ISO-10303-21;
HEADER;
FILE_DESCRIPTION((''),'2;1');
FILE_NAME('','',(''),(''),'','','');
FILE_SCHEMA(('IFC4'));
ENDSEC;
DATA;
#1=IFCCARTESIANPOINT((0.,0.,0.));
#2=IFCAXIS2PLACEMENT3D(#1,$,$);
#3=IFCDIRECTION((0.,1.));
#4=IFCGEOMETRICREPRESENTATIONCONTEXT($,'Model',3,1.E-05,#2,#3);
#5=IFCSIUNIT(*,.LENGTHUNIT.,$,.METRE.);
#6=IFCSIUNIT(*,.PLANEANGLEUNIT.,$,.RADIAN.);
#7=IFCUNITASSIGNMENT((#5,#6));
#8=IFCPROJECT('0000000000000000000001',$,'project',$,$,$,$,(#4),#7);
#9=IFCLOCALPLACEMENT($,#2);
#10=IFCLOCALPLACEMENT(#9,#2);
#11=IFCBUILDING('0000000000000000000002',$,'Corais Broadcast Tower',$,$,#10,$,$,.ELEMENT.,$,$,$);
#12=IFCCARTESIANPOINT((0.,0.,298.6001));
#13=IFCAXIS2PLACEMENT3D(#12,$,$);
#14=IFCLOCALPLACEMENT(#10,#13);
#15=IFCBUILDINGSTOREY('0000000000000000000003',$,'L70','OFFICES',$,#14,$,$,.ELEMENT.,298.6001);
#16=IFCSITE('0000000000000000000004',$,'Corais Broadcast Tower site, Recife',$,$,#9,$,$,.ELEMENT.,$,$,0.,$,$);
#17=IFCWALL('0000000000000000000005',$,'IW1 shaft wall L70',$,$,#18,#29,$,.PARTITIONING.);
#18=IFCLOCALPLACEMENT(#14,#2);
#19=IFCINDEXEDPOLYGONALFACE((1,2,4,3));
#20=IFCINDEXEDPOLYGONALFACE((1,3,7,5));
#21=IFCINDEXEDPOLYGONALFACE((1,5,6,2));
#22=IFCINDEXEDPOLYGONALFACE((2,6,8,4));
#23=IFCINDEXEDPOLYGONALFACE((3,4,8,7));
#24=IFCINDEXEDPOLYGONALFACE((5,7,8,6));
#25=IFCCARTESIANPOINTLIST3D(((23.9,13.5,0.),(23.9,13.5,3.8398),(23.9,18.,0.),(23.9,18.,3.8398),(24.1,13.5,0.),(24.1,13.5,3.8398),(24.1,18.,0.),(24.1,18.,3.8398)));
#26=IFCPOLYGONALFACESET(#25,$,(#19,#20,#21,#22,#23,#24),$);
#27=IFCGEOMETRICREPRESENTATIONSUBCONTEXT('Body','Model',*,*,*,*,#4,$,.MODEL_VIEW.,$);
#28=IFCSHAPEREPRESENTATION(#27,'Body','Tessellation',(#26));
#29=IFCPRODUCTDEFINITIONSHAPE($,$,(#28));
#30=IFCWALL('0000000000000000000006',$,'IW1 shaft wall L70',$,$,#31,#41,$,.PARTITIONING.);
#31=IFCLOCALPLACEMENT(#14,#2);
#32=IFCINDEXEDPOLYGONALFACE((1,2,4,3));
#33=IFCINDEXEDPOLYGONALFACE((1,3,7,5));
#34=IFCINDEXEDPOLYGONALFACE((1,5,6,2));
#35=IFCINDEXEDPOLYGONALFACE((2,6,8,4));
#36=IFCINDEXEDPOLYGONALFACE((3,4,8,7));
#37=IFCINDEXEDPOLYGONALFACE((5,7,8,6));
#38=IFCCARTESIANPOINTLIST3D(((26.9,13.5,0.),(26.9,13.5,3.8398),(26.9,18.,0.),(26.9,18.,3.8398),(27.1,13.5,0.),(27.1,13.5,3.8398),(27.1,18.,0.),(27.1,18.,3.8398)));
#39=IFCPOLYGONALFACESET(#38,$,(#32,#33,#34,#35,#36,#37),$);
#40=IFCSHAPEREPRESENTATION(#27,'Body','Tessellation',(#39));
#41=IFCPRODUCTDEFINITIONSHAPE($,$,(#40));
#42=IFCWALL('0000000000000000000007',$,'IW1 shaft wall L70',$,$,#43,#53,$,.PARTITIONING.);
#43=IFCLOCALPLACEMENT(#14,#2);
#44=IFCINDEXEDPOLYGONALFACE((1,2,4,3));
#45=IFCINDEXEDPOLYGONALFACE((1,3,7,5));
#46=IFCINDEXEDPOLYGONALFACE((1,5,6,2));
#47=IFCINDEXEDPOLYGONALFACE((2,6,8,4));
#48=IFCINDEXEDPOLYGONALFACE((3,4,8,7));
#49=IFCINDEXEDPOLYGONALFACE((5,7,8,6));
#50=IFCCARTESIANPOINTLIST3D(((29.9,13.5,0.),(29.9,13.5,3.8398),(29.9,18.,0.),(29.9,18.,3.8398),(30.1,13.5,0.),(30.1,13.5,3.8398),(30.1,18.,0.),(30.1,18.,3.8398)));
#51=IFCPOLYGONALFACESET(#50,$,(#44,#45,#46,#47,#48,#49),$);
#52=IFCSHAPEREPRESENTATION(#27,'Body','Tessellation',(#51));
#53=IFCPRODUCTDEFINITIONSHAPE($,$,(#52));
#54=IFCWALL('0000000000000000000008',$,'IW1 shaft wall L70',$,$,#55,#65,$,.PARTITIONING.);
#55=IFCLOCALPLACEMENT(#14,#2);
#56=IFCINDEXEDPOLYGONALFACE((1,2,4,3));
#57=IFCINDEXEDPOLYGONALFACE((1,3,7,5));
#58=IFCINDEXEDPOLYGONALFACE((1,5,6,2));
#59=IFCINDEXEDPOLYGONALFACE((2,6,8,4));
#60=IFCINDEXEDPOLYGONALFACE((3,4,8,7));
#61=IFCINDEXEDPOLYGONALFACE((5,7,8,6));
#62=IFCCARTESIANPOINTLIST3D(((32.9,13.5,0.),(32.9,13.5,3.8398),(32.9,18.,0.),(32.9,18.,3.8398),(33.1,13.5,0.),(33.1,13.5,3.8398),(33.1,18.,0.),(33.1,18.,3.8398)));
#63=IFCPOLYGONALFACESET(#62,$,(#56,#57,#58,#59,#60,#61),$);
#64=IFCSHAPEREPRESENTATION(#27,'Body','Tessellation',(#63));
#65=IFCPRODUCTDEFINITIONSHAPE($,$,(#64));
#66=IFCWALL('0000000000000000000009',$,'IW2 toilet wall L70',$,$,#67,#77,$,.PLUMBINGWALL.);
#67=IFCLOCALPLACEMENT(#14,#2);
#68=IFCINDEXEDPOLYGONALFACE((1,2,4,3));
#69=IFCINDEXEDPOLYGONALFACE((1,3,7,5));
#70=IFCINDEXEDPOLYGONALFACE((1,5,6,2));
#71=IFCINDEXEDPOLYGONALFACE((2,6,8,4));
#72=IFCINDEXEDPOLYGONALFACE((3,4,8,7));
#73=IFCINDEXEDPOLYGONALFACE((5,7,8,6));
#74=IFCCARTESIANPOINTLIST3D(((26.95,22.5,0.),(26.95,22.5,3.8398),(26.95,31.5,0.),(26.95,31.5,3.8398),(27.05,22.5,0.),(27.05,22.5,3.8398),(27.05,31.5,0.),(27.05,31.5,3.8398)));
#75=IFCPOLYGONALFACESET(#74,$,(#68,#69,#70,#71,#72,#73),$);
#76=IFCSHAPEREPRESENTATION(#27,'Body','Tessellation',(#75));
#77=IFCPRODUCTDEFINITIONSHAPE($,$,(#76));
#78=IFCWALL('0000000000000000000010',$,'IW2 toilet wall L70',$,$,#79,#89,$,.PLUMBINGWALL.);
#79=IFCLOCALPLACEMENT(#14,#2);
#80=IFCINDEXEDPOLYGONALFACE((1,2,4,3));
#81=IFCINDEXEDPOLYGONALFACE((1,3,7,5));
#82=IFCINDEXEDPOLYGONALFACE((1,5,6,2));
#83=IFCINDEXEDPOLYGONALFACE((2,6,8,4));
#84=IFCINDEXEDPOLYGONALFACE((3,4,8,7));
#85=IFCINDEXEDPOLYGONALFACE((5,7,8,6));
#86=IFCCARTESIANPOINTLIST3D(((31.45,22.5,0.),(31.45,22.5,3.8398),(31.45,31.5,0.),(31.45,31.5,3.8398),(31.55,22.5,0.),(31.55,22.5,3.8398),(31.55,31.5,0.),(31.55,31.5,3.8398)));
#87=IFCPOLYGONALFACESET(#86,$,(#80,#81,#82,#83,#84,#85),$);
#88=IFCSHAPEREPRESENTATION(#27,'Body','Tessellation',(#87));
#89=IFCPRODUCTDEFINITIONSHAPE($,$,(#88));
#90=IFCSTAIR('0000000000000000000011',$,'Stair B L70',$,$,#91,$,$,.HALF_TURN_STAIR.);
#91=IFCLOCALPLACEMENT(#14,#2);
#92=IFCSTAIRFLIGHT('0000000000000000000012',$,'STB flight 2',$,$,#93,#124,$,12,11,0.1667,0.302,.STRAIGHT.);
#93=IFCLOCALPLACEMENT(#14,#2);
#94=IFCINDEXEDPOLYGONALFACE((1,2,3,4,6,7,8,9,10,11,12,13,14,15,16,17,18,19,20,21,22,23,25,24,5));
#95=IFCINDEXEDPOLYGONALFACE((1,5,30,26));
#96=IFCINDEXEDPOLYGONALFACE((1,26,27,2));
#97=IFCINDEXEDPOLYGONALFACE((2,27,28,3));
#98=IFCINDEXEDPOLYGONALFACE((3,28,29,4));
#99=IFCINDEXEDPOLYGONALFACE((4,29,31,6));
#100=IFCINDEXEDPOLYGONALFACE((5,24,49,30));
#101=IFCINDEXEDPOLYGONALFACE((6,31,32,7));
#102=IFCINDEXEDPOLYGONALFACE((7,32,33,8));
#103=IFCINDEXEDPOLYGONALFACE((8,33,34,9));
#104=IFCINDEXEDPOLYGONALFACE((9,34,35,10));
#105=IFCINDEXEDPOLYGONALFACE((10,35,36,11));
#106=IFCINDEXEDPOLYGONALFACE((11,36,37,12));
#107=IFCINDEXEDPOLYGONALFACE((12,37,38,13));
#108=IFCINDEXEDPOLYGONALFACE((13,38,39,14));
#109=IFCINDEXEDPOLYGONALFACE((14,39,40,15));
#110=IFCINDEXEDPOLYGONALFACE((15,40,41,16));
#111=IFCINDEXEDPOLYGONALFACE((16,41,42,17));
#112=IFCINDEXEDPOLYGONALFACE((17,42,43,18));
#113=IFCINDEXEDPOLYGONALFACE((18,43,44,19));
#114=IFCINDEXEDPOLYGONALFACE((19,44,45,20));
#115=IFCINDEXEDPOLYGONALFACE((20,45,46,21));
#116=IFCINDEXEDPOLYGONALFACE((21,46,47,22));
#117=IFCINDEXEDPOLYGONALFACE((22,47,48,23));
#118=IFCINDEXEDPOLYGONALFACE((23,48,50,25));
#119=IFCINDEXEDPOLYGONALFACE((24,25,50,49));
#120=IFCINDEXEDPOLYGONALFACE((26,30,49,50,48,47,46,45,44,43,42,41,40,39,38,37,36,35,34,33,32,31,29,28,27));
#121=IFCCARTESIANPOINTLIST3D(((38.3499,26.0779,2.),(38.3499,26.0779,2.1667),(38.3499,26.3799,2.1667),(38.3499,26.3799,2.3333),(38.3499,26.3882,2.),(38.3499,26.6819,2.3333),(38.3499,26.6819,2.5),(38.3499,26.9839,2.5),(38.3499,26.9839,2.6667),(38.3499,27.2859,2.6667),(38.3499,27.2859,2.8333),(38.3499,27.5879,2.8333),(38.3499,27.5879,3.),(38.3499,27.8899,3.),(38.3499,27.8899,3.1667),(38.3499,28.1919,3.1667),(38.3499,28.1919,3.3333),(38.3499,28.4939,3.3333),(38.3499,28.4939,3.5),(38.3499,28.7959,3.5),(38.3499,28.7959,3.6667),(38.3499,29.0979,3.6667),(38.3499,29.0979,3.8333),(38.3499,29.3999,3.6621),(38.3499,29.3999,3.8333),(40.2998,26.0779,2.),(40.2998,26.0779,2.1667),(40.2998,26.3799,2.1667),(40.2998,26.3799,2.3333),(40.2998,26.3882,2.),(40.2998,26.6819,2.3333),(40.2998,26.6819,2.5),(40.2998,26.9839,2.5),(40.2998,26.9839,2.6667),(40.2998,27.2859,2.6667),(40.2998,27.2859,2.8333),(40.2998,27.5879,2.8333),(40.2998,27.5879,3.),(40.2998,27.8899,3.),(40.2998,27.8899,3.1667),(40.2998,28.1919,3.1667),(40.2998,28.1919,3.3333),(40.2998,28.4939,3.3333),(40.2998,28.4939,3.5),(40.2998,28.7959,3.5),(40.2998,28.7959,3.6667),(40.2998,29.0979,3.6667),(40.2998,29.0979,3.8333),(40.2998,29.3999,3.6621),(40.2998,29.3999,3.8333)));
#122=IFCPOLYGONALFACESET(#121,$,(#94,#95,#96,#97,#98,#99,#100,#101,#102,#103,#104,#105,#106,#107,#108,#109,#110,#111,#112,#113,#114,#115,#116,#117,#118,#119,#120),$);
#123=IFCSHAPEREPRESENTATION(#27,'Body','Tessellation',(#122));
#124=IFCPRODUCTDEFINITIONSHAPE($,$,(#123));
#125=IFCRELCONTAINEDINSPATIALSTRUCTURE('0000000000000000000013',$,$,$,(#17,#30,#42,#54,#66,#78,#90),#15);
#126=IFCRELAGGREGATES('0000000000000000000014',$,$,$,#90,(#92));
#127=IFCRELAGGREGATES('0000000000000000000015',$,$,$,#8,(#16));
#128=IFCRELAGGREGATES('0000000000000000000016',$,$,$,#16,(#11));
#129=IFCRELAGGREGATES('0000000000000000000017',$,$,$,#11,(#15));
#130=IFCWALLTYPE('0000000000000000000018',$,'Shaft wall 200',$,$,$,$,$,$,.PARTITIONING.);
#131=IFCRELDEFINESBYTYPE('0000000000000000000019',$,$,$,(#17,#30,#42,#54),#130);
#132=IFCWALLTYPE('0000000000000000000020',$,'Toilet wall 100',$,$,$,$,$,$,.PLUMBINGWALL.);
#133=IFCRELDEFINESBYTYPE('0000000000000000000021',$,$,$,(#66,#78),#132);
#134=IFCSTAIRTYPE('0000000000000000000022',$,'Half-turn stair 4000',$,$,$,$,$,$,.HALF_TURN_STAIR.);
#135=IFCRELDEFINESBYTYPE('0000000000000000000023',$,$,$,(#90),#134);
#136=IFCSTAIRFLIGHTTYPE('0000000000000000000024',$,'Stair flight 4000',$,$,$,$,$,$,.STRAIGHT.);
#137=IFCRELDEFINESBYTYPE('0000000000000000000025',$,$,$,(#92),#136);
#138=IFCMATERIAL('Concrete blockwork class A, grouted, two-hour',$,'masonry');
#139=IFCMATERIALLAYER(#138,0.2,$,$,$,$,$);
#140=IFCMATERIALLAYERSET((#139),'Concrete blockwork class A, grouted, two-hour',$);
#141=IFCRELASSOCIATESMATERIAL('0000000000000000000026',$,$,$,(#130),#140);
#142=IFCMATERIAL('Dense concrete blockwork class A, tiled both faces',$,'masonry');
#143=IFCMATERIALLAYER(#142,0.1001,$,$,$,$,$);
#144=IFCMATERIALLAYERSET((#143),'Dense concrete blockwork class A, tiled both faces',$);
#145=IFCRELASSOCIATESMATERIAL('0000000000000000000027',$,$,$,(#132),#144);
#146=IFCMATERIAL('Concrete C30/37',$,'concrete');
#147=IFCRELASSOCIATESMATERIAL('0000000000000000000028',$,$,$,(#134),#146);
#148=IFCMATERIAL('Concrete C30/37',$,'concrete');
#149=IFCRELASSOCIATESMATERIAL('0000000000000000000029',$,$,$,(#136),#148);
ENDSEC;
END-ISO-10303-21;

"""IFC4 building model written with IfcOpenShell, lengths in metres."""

from ifc_helpers import new_model, si_unit, direction, frame, frame_2d, origin, place, context, subcontext, project, spatial, polyline, rectangle, outline, extrude, material, layer, layer_set, type_object, element, aggregate, save


model = new_model("IFC4")

# Units and contexts
model_context = context("Model", 3, precision=1e-05, world=origin(), true_north=direction((0.0, 1.0)))
body_context = subcontext(model_context, "Body", "Model", "MODEL_VIEW")
ifc_project = project(units=[si_unit("LENGTHUNIT", "METRE"), si_unit("PLANEANGLEUNIT", "RADIAN")], contexts=[model_context])

# Site, building, storey
site_placement = place(None, origin())
site = spatial("IfcSite", under=ifc_project, at=site_placement, Name="Corais Broadcast Tower site, Recife", CompositionType="ELEMENT", RefElevation=0.0)
building_placement = place(site_placement, origin())
building = spatial("IfcBuilding", under=site, at=building_placement, Name="Corais Broadcast Tower", CompositionType="ELEMENT")
storey_placement = place(building_placement, frame((0.0, 0.0, 298.6001)))
storey = spatial("IfcBuildingStorey", under=building, at=storey_placement, Name="L70", Description="OFFICES", CompositionType="ELEMENT", Elevation=298.6001)

# Walls
ifc_material_1 = material(Name="Concrete blockwork class A, grouted, two-hour", Category="masonry")
ifc_layer_1 = layer(ifc_material_1, 0.2)
ifc_layer_set_1 = layer_set([ifc_layer_1], Name="Concrete blockwork class A, grouted, two-hour")
wall_type_1 = type_object("IfcWallType", Name="Shaft wall 200", PredefinedType="PARTITIONING", material=ifc_layer_set_1)
for number, where, z_axis, x_axis, name in (
    (1, (24.0, 13.5, 0.0), (0.0, 0.0, 1.0), (0.0, 1.0, 0.0), "IW1 shaft wall L70"),
    (2, (27.0, 13.5, 0.0), (0.0, 0.0, 1.0), (0.0, 1.0, 0.0), "IW1 shaft wall L70"),
    (3, (30.0, 13.5, 0.0), (0.0, 0.0, 1.0), (0.0, 1.0, 0.0), "IW1 shaft wall L70"),
    (4, (33.0, 13.5, 0.0), (0.0, 0.0, 1.0), (0.0, 1.0, 0.0), "IW1 shaft wall L70"),
):
    element("IfcWall", number, at=place(storey_placement, frame(where, z_axis=z_axis, x_axis=x_axis)), inside=storey, type_object=wall_type_1, Name=name, PredefinedType="PARTITIONING", context=body_context, shape_type="SweptSolid", body=[
        extrude(rectangle(XDim=4.5, YDim=0.2, at=frame_2d((2.25, 0.0))), origin(), (0.0, 0.0, 1.0), 3.8398),
    ])
ifc_material_2 = material(Name="Dense concrete blockwork class A, tiled both faces", Category="masonry")
ifc_layer_2 = layer(ifc_material_2, 0.1001)
ifc_layer_set_2 = layer_set([ifc_layer_2], Name="Dense concrete blockwork class A, tiled both faces")
wall_type_2 = type_object("IfcWallType", Name="Toilet wall 100", PredefinedType="PLUMBINGWALL", material=ifc_layer_set_2)
for number, where, z_axis, x_axis, name in (
    (5, (27.0, 22.5, 0.0), (0.0, 0.0, 1.0), (0.0, 1.0, 0.0), "IW2 toilet wall L70"),
    (6, (31.5, 22.5, 0.0), (0.0, 0.0, 1.0), (0.0, 1.0, 0.0), "IW2 toilet wall L70"),
):
    element("IfcWall", number, at=place(storey_placement, frame(where, z_axis=z_axis, x_axis=x_axis)), inside=storey, type_object=wall_type_2, Name=name, PredefinedType="PLUMBINGWALL", context=body_context, shape_type="SweptSolid", body=[
        extrude(rectangle(XDim=9.0, YDim=0.1001, at=frame_2d((4.5, 0.0))), origin(), (0.0, 0.0, 1.0), 3.8398),
    ])

# Stair, stair flight
ifc_material_3 = material(Name="Concrete C30/37", Category="concrete")
stair_type = type_object("IfcStairType", Name="Half-turn stair 4000", PredefinedType="HALF_TURN_STAIR", material=ifc_material_3)
stair_placement = place(storey_placement, origin())
stair = element("IfcStair", 7, at=stair_placement, inside=storey, type_object=stair_type, Name="Stair B L70", PredefinedType="HALF_TURN_STAIR")
ifc_material_4 = material(Name="Concrete C30/37", Category="concrete")
stair_flight_type = type_object("IfcStairFlightType", Name="Stair flight 4000", PredefinedType="STRAIGHT", material=ifc_material_4)
stair_flight_placement = place(storey_placement, frame((39.325, 26.0779, 2.0), z_axis=(0.0, 0.0, 1.0), x_axis=(0.0, 1.0, 0.0)))
stair_flight = element("IfcStairFlight", 8, at=stair_flight_placement, type_object=stair_flight_type, Name="STB flight 2", NumberOfRisers=12, NumberOfTreads=11, PredefinedType="STRAIGHT", RiserHeight=0.1667, TreadLength=0.302, context=body_context, shape_type="SweptSolid", body=[
    extrude(outline(polyline([(0.0, 0.0), (0.0, 0.1667), (0.302, 0.1667), (0.302, 0.3333), (0.604, 0.3333), (0.604, 0.5), (0.906, 0.5), (0.906, 0.6667), (1.208, 0.6667), (1.208, 0.8333), (1.51, 0.8333), (1.51, 1.0), (1.812, 1.0), (1.812, 1.1667), (2.114, 1.1667), (2.114, 1.3333), (2.416, 1.3333), (2.416, 1.5), (2.718, 1.5), (2.718, 1.6667), (3.02, 1.6667), (3.02, 1.8333), (3.322, 1.8333), (3.322, 2.0), (3.322, 1.6621), (0.3103, 0.0), (0.0, 0.0)])), frame((0.0, 0.9751, 0.0), z_axis=(0.0, -1.0, 0.0), x_axis=(1.0, 0.0, 0.0)), (0.0, 0.0, 1.0), 1.95),
])
aggregate(stair, [stair_flight])

save(model, "model.ifc")
